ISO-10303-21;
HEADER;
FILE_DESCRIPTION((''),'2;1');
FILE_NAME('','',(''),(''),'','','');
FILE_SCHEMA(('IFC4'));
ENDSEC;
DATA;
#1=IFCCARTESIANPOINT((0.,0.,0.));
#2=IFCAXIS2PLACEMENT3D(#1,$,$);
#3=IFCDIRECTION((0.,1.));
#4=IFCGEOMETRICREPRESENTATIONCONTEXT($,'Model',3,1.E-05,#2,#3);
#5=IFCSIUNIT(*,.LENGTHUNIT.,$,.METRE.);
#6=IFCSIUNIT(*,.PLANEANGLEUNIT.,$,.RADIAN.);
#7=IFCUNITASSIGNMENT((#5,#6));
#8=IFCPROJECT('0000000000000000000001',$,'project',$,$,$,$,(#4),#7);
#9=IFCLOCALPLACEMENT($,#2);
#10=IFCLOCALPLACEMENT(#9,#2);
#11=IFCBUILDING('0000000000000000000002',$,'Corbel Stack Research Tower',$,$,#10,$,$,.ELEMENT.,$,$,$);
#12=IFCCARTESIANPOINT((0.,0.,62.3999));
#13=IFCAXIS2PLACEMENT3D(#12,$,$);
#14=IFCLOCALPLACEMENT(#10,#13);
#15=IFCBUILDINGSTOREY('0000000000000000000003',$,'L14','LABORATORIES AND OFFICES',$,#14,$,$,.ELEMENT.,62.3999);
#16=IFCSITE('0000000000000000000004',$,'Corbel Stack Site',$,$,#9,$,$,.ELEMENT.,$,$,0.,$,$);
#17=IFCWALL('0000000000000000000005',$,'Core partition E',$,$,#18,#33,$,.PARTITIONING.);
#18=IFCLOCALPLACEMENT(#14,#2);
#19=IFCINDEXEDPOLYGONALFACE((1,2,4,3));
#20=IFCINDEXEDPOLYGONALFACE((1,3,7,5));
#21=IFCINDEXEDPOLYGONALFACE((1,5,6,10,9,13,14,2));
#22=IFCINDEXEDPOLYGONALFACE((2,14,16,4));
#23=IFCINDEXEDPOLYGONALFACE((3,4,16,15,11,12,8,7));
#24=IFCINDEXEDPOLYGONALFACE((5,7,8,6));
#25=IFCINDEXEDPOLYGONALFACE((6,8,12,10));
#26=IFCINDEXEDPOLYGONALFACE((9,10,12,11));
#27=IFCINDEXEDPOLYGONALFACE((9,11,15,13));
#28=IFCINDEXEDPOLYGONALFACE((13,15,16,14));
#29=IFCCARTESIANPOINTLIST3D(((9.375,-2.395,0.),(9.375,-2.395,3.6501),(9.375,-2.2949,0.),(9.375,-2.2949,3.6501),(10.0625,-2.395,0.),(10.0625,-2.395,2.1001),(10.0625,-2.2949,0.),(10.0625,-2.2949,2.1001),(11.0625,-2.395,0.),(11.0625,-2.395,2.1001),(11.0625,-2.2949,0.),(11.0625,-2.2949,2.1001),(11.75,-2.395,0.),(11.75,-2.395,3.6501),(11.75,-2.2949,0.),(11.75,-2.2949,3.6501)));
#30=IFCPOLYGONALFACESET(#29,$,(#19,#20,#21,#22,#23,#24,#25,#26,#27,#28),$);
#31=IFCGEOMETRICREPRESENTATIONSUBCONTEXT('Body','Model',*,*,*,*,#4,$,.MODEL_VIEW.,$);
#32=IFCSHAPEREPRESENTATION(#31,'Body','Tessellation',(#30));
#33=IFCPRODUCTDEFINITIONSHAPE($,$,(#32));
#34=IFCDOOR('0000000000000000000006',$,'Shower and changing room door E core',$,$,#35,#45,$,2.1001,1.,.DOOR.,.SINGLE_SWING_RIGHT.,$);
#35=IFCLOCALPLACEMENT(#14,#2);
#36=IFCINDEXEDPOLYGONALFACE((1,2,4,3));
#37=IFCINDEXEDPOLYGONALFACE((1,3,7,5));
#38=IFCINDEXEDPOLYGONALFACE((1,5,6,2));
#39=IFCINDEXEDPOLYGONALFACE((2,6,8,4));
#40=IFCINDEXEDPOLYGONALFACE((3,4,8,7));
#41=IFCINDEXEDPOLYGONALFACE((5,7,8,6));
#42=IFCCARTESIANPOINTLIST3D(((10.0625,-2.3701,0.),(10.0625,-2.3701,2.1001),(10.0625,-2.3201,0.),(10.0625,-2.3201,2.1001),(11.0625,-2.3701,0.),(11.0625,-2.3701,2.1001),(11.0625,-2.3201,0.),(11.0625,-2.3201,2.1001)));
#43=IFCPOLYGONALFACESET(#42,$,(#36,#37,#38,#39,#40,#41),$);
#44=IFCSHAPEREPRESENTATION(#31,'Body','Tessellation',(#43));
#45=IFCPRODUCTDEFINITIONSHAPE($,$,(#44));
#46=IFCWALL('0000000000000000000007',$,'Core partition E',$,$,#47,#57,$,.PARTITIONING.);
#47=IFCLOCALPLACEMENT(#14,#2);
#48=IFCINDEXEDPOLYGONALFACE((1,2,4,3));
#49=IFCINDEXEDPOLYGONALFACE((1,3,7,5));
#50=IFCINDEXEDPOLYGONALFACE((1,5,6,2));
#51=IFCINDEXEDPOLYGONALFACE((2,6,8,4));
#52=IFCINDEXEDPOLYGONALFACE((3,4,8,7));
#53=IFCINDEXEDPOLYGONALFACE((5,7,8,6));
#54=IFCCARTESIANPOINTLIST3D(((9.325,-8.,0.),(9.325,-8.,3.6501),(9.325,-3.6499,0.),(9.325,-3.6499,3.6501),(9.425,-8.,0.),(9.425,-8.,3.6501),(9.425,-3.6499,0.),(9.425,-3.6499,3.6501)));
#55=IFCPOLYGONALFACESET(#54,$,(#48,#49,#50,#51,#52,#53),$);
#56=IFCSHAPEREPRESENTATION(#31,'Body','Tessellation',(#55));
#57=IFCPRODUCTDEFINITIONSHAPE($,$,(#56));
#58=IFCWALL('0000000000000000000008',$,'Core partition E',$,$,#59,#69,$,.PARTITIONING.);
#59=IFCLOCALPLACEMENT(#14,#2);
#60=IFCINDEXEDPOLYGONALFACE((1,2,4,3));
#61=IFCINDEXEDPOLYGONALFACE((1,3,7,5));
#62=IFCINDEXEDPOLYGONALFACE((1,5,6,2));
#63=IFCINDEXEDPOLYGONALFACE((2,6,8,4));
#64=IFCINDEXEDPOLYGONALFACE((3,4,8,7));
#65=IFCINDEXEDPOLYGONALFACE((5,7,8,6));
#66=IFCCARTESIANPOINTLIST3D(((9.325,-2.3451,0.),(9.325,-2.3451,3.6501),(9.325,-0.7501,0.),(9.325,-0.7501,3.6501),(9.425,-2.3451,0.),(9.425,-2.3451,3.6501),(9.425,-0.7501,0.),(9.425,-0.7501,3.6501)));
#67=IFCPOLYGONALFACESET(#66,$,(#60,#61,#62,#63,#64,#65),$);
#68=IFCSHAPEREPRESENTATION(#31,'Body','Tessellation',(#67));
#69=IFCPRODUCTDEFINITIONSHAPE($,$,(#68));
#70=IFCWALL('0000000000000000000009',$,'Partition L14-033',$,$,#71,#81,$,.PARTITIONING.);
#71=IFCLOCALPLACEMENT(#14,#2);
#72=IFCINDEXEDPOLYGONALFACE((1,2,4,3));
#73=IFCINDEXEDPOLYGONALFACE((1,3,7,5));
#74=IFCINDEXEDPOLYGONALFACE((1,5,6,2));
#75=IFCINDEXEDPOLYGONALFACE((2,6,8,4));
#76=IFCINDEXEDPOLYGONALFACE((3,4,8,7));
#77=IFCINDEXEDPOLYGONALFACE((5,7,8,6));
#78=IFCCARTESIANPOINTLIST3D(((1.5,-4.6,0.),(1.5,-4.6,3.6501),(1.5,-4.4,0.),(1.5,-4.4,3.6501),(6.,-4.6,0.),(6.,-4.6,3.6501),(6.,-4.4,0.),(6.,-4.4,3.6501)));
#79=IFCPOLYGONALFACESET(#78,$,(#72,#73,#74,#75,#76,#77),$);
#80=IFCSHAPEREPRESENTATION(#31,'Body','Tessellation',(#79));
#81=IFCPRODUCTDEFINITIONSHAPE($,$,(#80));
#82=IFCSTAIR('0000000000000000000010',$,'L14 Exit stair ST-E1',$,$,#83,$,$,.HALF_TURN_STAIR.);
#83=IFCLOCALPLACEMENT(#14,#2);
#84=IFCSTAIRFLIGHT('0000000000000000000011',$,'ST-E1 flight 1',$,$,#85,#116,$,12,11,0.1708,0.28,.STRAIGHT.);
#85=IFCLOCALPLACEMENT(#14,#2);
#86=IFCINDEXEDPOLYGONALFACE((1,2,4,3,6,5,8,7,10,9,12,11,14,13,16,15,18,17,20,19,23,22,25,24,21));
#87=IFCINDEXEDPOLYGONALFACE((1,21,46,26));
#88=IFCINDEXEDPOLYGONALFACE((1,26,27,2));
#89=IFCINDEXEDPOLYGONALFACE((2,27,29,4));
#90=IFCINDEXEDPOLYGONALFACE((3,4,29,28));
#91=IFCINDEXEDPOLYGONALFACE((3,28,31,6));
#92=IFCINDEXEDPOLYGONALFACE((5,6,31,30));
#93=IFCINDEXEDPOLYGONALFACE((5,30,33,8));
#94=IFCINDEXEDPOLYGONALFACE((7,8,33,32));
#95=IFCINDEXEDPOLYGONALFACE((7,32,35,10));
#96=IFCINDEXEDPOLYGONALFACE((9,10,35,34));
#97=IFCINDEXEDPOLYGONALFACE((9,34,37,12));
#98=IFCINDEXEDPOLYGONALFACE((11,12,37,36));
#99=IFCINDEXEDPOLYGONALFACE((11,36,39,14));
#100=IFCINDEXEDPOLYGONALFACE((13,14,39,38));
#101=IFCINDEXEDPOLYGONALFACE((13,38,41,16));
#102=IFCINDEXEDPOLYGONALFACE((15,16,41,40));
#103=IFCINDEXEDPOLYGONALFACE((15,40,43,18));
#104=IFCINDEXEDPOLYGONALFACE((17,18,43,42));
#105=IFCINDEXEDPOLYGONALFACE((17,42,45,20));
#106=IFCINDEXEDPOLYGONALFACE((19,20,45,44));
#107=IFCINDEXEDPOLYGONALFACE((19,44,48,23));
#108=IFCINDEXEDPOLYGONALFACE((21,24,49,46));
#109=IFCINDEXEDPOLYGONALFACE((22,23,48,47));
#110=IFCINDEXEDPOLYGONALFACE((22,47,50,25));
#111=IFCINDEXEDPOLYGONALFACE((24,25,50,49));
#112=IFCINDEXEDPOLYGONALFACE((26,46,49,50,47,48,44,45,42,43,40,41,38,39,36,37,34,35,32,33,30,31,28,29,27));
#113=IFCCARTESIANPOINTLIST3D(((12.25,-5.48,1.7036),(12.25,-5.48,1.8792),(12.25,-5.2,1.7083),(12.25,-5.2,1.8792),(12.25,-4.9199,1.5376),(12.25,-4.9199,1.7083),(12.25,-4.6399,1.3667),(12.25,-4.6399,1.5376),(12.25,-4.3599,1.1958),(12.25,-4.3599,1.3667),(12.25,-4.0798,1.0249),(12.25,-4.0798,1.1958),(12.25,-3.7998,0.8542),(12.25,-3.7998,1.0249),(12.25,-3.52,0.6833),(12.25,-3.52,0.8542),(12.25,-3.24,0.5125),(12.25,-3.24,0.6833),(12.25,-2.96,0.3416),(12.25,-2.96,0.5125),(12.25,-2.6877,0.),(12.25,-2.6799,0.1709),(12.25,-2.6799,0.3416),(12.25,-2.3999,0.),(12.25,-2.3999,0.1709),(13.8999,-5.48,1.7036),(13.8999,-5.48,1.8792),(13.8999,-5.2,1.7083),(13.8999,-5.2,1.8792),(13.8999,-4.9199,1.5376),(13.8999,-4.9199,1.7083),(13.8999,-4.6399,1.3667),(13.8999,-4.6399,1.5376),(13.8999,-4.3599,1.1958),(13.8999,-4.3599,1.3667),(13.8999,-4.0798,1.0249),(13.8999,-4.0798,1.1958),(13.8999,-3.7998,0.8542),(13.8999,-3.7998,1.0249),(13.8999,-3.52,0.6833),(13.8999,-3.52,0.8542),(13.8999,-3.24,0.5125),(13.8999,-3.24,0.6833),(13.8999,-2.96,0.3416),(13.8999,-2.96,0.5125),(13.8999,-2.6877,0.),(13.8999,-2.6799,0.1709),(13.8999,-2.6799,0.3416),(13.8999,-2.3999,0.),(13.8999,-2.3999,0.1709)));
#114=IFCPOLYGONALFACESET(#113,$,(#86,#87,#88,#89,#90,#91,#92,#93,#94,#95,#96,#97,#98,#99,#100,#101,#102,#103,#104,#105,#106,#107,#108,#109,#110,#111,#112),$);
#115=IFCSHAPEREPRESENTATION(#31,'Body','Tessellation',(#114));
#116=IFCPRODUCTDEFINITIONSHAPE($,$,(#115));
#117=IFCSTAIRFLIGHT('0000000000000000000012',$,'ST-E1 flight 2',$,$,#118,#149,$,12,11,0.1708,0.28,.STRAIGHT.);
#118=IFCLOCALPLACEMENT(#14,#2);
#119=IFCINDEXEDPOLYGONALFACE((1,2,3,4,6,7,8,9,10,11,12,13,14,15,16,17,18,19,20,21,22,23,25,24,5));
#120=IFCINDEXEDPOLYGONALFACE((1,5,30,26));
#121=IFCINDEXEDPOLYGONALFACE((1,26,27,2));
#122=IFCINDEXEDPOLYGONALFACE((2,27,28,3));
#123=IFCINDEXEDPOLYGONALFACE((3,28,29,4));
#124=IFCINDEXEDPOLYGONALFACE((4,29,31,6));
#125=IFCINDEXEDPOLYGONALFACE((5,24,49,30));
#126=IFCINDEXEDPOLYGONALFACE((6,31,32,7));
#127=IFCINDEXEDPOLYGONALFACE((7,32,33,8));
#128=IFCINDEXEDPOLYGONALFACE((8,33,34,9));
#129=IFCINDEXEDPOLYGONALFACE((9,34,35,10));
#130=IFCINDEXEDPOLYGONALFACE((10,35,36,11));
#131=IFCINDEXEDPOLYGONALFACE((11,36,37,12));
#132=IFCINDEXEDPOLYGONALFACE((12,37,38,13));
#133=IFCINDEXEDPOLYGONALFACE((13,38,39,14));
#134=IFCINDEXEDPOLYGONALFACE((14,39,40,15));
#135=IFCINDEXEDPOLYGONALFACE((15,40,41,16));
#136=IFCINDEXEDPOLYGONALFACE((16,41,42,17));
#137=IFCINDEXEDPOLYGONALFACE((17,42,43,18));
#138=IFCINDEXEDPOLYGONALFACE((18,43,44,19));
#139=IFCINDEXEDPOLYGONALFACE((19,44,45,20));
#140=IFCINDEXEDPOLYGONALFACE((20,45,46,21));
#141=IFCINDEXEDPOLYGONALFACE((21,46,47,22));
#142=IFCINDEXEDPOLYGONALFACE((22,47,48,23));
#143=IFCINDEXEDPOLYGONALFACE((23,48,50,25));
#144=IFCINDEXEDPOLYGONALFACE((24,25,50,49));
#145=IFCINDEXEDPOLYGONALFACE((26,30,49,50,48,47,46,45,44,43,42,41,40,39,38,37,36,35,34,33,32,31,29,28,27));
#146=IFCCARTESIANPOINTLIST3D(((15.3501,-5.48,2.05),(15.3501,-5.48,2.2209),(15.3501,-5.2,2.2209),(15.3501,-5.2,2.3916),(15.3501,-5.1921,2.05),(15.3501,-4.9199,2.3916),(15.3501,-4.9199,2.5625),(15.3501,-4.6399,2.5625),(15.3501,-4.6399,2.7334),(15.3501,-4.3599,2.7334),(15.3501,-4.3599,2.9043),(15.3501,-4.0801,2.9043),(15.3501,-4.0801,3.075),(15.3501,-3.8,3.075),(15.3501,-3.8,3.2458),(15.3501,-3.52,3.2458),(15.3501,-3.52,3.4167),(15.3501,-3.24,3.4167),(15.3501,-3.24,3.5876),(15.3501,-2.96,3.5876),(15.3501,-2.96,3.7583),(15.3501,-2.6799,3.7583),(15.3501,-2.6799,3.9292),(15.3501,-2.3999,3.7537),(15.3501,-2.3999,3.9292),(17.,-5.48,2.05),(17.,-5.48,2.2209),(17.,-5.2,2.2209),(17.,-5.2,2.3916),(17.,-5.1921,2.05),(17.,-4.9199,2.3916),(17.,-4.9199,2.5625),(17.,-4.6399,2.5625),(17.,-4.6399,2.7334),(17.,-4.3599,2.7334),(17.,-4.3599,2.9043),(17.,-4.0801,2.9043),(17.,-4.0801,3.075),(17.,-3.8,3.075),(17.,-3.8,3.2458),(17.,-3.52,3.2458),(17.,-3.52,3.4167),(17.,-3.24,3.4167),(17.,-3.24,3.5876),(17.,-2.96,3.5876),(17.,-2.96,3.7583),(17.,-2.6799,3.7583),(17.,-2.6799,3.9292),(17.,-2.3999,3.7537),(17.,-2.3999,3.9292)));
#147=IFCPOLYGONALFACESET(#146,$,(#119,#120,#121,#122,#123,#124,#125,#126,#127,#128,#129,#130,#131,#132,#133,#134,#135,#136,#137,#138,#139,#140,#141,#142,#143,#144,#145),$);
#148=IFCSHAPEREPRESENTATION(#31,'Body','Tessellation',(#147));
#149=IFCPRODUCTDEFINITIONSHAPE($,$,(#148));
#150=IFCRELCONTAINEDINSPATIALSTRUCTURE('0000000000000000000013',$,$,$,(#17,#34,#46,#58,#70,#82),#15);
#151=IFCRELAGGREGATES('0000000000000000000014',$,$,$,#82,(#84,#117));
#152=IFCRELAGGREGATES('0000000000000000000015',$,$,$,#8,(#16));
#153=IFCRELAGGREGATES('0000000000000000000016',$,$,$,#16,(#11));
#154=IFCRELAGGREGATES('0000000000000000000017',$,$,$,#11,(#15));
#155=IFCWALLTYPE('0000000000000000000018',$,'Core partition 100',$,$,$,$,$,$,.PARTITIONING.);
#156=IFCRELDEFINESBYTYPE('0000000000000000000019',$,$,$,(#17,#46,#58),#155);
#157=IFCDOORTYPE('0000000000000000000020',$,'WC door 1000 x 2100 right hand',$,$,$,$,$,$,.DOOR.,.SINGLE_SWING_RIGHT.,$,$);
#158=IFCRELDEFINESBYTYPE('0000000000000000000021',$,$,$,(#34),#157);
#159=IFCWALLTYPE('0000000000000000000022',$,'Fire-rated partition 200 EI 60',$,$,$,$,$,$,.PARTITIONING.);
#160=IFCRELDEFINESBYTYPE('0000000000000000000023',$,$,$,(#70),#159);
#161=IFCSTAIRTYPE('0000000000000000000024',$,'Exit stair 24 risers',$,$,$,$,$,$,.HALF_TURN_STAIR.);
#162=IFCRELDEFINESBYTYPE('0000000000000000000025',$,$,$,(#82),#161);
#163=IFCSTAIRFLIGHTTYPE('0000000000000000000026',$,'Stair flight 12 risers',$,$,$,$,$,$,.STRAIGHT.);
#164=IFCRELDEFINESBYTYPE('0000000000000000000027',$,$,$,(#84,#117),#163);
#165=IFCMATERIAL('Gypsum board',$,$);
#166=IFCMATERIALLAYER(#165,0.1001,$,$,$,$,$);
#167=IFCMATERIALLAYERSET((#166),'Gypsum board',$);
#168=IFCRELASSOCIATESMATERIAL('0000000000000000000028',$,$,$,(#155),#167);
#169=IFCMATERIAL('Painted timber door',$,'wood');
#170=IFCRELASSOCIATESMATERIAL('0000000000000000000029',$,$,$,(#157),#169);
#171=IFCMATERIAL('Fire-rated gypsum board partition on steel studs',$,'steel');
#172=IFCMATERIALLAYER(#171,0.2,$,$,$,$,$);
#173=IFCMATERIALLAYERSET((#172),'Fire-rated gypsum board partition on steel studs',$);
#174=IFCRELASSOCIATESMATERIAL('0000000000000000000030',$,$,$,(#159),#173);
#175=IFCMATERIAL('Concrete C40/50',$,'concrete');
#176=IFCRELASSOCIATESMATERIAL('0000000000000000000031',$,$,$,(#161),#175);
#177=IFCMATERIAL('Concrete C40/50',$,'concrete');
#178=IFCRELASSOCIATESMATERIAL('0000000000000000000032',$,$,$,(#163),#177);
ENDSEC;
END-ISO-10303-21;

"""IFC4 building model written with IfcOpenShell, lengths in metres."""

from ifc_helpers import new_model, si_unit, direction, frame, frame_2d, origin, place, context, subcontext, project, spatial, polyline, rectangle, outline, extrude, material, layer, layer_set, type_object, element, fill, aggregate, save


model = new_model("IFC4")

# Units and contexts
model_context = context("Model", 3, precision=1e-05, world=origin(), true_north=direction((0.0, 1.0)))
body_context = subcontext(model_context, "Body", "Model", "MODEL_VIEW")
ifc_project = project(units=[si_unit("LENGTHUNIT", "METRE"), si_unit("PLANEANGLEUNIT", "RADIAN")], contexts=[model_context])

# Site, building, storey
site_placement = place(None, origin())
site = spatial("IfcSite", under=ifc_project, at=site_placement, Name="Corbel Stack Site", CompositionType="ELEMENT", RefElevation=0.0)
building_placement = place(site_placement, origin())
building = spatial("IfcBuilding", under=site, at=building_placement, Name="Corbel Stack Research Tower", CompositionType="ELEMENT")
storey_placement = place(building_placement, frame((0.0, 0.0, 62.3999)))
storey = spatial("IfcBuildingStorey", under=building, at=storey_placement, Name="L14", Description="LABORATORIES AND OFFICES", CompositionType="ELEMENT", Elevation=62.3999)

# Wall, opening, door
ifc_material_1 = material(Name="Gypsum board")
ifc_layer_1 = layer(ifc_material_1, 0.1001)
ifc_layer_set_1 = layer_set([ifc_layer_1], Name="Gypsum board")
wall_type_1 = type_object("IfcWallType", Name="Core partition 100", PredefinedType="PARTITIONING", material=ifc_layer_set_1)
ifc_material_2 = material(Name="Painted timber door", Category="wood")
door_type_1 = type_object("IfcDoorType", Name="WC door 1000 x 2100 right hand", OperationType="SINGLE_SWING_RIGHT", PredefinedType="DOOR", material=ifc_material_2)
wall_1_placement = place(storey_placement, frame((9.375, -2.345, 0.0), z_axis=(0.0, 0.0, 1.0), x_axis=(1.0, 0.0, 0.0)))
wall_1 = element("IfcWall", 1, at=wall_1_placement, inside=storey, type_object=wall_type_1, Name="Core partition E", PredefinedType="PARTITIONING", context=body_context, shape_type="SweptSolid", body=[
    extrude(rectangle(XDim=2.375, YDim=0.1001, at=frame_2d((1.1875, 0.0))), origin(), (0.0, 0.0, 1.0), 3.6501),
])
opening_1_placement = place(wall_1_placement, frame((0.6875, 0.0, 0.0)))
opening_1 = element("IfcOpeningElement", 2, at=opening_1_placement, cuts=wall_1, PredefinedType="OPENING", context=body_context, shape_type="SweptSolid", body=[
    extrude(rectangle(XDim=1.0, YDim=2.1001, at=frame_2d((0.5, 1.05))), frame((0.0, 0.0601, 0.0), z_axis=(0.0, -1.0, 0.0), x_axis=(1.0, 0.0, 0.0)), (0.0, 0.0, 1.0), 0.1201),
])
door_1_placement = place(opening_1_placement, origin())
door_1 = element("IfcDoor", 3, at=door_1_placement, inside=storey, type_object=door_type_1, Name="Shower and changing room door E core", OperationType="SINGLE_SWING_RIGHT", OverallHeight=2.1001, OverallWidth=1.0, PredefinedType="DOOR", context=body_context, shape_type="SweptSolid", body=[
    extrude(rectangle(XDim=1.0, YDim=2.1001, at=frame_2d((0.5, 1.05))), frame((0.0, 0.0249, 0.0), z_axis=(0.0, -1.0, 0.0), x_axis=(1.0, 0.0, 0.0)), (0.0, 0.0, 1.0), 0.05),
])
fill(opening_1, door_1)

# Walls
wall_2_placement = place(storey_placement, frame((9.375, -8.0, 0.0), z_axis=(0.0, 0.0, 1.0), x_axis=(0.0, 1.0, 0.0)))
element("IfcWall", 4, at=wall_2_placement, inside=storey, type_object=wall_type_1, Name="Core partition E", PredefinedType="PARTITIONING", context=body_context, shape_type="SweptSolid", body=[
    extrude(rectangle(XDim=4.3501, YDim=0.1001, at=frame_2d((2.175, 0.0))), origin(), (0.0, 0.0, 1.0), 3.6501),
])
wall_3_placement = place(storey_placement, frame((9.375, -2.345, 0.0), z_axis=(0.0, 0.0, 1.0), x_axis=(0.0, 1.0, 0.0)))
element("IfcWall", 5, at=wall_3_placement, inside=storey, type_object=wall_type_1, Name="Core partition E", PredefinedType="PARTITIONING", context=body_context, shape_type="SweptSolid", body=[
    extrude(rectangle(XDim=1.595, YDim=0.1001, at=frame_2d((0.7974, 0.0))), origin(), (0.0, 0.0, 1.0), 3.6501),
])
ifc_material_3 = material(Name="Fire-rated gypsum board partition on steel studs", Category="steel")
ifc_layer_2 = layer(ifc_material_3, 0.2)
ifc_layer_set_2 = layer_set([ifc_layer_2], Name="Fire-rated gypsum board partition on steel studs")
wall_type_2 = type_object("IfcWallType", Name="Fire-rated partition 200 EI 60", PredefinedType="PARTITIONING", material=ifc_layer_set_2)
wall_4_placement = place(storey_placement, frame((1.5, -4.5, 0.0), z_axis=(0.0, 0.0, 1.0), x_axis=(1.0, 0.0, 0.0)))
element("IfcWall", 6, at=wall_4_placement, inside=storey, type_object=wall_type_2, Name="Partition L14-033", PredefinedType="PARTITIONING", context=body_context, shape_type="SweptSolid", body=[
    extrude(rectangle(XDim=4.5, YDim=0.2, at=frame_2d((2.25, 0.0))), origin(), (0.0, 0.0, 1.0), 3.6501),
])

# Stair, stair flights
ifc_material_4 = material(Name="Concrete C40/50", Category="concrete")
stair_type = type_object("IfcStairType", Name="Exit stair 24 risers", PredefinedType="HALF_TURN_STAIR", material=ifc_material_4)
stair_placement = place(storey_placement, origin())
stair = element("IfcStair", 7, at=stair_placement, inside=storey, type_object=stair_type, Name="L14 Exit stair ST-E1", PredefinedType="HALF_TURN_STAIR")
ifc_material_5 = material(Name="Concrete C40/50", Category="concrete")
stair_flight_type = type_object("IfcStairFlightType", Name="Stair flight 12 risers", PredefinedType="STRAIGHT", material=ifc_material_5)
stair_flight_1_placement = place(storey_placement, frame((13.075, -2.3999, 0.0), z_axis=(0.0, 0.0, 1.0), x_axis=(0.0, -1.0, 0.0)))
stair_flight_1 = element("IfcStairFlight", 8, at=stair_flight_1_placement, type_object=stair_flight_type, Name="ST-E1 flight 1", NumberOfRisers=12, NumberOfTreads=11, PredefinedType="STRAIGHT", RiserHeight=0.1708, TreadLength=0.28, context=body_context, shape_type="SweptSolid", body=[
    extrude(outline(polyline([(0.0, 0.0), (0.0, 0.1709), (0.28, 0.1709), (0.28, 0.3416), (0.5601, 0.3416), (0.5601, 0.5125), (0.8401, 0.5125), (0.8401, 0.6833), (1.1201, 0.6833), (1.1201, 0.8542), (1.3999, 0.8542), (1.3999, 1.0249), (1.6799, 1.0249), (1.6799, 1.1958), (1.96, 1.1958), (1.96, 1.3667), (2.24, 1.3667), (2.24, 1.5376), (2.52, 1.5376), (2.52, 1.7083), (2.8, 1.7083), (2.8, 1.8792), (3.0801, 1.8792), (3.0801, 2.05), (3.0801, 1.7036), (0.2878, 0.0), (0.0, 0.0)])), frame((0.0, 0.825, 0.0), z_axis=(0.0, -1.0, 0.0), x_axis=(1.0, 0.0, 0.0)), (0.0, 0.0, 1.0), 1.6499),
])
stair_flight_2_placement = place(storey_placement, frame((16.175, -5.48, 2.05), z_axis=(0.0, 0.0, 1.0), x_axis=(0.0, 1.0, 0.0)))
stair_flight_2 = element("IfcStairFlight", 9, at=stair_flight_2_placement, type_object=stair_flight_type, Name="ST-E1 flight 2", NumberOfRisers=12, NumberOfTreads=11, PredefinedType="STRAIGHT", RiserHeight=0.1708, TreadLength=0.28, context=body_context, shape_type="SweptSolid", body=[
    extrude(outline(polyline([(0.0, 0.0), (0.0, 0.1709), (0.28, 0.1709), (0.28, 0.3416), (0.5601, 0.3416), (0.5601, 0.5125), (0.8401, 0.5125), (0.8401, 0.6833), (1.1201, 0.6833), (1.1201, 0.8542), (1.3999, 0.8542), (1.3999, 1.0249), (1.6799, 1.0249), (1.6799, 1.1958), (1.96, 1.1958), (1.96, 1.3667), (2.24, 1.3667), (2.24, 1.5376), (2.52, 1.5376), (2.52, 1.7083), (2.8, 1.7083), (2.8, 1.8792), (3.0801, 1.8792), (3.0801, 2.05), (3.0801, 1.7036), (0.2878, 0.0), (0.0, 0.0)])), frame((0.0, 0.825, 0.0), z_axis=(0.0, -1.0, 0.0), x_axis=(1.0, 0.0, 0.0)), (0.0, 0.0, 1.0), 1.6499),
])
aggregate(stair, [stair_flight_1, stair_flight_2])

save(model, "model.ifc")
